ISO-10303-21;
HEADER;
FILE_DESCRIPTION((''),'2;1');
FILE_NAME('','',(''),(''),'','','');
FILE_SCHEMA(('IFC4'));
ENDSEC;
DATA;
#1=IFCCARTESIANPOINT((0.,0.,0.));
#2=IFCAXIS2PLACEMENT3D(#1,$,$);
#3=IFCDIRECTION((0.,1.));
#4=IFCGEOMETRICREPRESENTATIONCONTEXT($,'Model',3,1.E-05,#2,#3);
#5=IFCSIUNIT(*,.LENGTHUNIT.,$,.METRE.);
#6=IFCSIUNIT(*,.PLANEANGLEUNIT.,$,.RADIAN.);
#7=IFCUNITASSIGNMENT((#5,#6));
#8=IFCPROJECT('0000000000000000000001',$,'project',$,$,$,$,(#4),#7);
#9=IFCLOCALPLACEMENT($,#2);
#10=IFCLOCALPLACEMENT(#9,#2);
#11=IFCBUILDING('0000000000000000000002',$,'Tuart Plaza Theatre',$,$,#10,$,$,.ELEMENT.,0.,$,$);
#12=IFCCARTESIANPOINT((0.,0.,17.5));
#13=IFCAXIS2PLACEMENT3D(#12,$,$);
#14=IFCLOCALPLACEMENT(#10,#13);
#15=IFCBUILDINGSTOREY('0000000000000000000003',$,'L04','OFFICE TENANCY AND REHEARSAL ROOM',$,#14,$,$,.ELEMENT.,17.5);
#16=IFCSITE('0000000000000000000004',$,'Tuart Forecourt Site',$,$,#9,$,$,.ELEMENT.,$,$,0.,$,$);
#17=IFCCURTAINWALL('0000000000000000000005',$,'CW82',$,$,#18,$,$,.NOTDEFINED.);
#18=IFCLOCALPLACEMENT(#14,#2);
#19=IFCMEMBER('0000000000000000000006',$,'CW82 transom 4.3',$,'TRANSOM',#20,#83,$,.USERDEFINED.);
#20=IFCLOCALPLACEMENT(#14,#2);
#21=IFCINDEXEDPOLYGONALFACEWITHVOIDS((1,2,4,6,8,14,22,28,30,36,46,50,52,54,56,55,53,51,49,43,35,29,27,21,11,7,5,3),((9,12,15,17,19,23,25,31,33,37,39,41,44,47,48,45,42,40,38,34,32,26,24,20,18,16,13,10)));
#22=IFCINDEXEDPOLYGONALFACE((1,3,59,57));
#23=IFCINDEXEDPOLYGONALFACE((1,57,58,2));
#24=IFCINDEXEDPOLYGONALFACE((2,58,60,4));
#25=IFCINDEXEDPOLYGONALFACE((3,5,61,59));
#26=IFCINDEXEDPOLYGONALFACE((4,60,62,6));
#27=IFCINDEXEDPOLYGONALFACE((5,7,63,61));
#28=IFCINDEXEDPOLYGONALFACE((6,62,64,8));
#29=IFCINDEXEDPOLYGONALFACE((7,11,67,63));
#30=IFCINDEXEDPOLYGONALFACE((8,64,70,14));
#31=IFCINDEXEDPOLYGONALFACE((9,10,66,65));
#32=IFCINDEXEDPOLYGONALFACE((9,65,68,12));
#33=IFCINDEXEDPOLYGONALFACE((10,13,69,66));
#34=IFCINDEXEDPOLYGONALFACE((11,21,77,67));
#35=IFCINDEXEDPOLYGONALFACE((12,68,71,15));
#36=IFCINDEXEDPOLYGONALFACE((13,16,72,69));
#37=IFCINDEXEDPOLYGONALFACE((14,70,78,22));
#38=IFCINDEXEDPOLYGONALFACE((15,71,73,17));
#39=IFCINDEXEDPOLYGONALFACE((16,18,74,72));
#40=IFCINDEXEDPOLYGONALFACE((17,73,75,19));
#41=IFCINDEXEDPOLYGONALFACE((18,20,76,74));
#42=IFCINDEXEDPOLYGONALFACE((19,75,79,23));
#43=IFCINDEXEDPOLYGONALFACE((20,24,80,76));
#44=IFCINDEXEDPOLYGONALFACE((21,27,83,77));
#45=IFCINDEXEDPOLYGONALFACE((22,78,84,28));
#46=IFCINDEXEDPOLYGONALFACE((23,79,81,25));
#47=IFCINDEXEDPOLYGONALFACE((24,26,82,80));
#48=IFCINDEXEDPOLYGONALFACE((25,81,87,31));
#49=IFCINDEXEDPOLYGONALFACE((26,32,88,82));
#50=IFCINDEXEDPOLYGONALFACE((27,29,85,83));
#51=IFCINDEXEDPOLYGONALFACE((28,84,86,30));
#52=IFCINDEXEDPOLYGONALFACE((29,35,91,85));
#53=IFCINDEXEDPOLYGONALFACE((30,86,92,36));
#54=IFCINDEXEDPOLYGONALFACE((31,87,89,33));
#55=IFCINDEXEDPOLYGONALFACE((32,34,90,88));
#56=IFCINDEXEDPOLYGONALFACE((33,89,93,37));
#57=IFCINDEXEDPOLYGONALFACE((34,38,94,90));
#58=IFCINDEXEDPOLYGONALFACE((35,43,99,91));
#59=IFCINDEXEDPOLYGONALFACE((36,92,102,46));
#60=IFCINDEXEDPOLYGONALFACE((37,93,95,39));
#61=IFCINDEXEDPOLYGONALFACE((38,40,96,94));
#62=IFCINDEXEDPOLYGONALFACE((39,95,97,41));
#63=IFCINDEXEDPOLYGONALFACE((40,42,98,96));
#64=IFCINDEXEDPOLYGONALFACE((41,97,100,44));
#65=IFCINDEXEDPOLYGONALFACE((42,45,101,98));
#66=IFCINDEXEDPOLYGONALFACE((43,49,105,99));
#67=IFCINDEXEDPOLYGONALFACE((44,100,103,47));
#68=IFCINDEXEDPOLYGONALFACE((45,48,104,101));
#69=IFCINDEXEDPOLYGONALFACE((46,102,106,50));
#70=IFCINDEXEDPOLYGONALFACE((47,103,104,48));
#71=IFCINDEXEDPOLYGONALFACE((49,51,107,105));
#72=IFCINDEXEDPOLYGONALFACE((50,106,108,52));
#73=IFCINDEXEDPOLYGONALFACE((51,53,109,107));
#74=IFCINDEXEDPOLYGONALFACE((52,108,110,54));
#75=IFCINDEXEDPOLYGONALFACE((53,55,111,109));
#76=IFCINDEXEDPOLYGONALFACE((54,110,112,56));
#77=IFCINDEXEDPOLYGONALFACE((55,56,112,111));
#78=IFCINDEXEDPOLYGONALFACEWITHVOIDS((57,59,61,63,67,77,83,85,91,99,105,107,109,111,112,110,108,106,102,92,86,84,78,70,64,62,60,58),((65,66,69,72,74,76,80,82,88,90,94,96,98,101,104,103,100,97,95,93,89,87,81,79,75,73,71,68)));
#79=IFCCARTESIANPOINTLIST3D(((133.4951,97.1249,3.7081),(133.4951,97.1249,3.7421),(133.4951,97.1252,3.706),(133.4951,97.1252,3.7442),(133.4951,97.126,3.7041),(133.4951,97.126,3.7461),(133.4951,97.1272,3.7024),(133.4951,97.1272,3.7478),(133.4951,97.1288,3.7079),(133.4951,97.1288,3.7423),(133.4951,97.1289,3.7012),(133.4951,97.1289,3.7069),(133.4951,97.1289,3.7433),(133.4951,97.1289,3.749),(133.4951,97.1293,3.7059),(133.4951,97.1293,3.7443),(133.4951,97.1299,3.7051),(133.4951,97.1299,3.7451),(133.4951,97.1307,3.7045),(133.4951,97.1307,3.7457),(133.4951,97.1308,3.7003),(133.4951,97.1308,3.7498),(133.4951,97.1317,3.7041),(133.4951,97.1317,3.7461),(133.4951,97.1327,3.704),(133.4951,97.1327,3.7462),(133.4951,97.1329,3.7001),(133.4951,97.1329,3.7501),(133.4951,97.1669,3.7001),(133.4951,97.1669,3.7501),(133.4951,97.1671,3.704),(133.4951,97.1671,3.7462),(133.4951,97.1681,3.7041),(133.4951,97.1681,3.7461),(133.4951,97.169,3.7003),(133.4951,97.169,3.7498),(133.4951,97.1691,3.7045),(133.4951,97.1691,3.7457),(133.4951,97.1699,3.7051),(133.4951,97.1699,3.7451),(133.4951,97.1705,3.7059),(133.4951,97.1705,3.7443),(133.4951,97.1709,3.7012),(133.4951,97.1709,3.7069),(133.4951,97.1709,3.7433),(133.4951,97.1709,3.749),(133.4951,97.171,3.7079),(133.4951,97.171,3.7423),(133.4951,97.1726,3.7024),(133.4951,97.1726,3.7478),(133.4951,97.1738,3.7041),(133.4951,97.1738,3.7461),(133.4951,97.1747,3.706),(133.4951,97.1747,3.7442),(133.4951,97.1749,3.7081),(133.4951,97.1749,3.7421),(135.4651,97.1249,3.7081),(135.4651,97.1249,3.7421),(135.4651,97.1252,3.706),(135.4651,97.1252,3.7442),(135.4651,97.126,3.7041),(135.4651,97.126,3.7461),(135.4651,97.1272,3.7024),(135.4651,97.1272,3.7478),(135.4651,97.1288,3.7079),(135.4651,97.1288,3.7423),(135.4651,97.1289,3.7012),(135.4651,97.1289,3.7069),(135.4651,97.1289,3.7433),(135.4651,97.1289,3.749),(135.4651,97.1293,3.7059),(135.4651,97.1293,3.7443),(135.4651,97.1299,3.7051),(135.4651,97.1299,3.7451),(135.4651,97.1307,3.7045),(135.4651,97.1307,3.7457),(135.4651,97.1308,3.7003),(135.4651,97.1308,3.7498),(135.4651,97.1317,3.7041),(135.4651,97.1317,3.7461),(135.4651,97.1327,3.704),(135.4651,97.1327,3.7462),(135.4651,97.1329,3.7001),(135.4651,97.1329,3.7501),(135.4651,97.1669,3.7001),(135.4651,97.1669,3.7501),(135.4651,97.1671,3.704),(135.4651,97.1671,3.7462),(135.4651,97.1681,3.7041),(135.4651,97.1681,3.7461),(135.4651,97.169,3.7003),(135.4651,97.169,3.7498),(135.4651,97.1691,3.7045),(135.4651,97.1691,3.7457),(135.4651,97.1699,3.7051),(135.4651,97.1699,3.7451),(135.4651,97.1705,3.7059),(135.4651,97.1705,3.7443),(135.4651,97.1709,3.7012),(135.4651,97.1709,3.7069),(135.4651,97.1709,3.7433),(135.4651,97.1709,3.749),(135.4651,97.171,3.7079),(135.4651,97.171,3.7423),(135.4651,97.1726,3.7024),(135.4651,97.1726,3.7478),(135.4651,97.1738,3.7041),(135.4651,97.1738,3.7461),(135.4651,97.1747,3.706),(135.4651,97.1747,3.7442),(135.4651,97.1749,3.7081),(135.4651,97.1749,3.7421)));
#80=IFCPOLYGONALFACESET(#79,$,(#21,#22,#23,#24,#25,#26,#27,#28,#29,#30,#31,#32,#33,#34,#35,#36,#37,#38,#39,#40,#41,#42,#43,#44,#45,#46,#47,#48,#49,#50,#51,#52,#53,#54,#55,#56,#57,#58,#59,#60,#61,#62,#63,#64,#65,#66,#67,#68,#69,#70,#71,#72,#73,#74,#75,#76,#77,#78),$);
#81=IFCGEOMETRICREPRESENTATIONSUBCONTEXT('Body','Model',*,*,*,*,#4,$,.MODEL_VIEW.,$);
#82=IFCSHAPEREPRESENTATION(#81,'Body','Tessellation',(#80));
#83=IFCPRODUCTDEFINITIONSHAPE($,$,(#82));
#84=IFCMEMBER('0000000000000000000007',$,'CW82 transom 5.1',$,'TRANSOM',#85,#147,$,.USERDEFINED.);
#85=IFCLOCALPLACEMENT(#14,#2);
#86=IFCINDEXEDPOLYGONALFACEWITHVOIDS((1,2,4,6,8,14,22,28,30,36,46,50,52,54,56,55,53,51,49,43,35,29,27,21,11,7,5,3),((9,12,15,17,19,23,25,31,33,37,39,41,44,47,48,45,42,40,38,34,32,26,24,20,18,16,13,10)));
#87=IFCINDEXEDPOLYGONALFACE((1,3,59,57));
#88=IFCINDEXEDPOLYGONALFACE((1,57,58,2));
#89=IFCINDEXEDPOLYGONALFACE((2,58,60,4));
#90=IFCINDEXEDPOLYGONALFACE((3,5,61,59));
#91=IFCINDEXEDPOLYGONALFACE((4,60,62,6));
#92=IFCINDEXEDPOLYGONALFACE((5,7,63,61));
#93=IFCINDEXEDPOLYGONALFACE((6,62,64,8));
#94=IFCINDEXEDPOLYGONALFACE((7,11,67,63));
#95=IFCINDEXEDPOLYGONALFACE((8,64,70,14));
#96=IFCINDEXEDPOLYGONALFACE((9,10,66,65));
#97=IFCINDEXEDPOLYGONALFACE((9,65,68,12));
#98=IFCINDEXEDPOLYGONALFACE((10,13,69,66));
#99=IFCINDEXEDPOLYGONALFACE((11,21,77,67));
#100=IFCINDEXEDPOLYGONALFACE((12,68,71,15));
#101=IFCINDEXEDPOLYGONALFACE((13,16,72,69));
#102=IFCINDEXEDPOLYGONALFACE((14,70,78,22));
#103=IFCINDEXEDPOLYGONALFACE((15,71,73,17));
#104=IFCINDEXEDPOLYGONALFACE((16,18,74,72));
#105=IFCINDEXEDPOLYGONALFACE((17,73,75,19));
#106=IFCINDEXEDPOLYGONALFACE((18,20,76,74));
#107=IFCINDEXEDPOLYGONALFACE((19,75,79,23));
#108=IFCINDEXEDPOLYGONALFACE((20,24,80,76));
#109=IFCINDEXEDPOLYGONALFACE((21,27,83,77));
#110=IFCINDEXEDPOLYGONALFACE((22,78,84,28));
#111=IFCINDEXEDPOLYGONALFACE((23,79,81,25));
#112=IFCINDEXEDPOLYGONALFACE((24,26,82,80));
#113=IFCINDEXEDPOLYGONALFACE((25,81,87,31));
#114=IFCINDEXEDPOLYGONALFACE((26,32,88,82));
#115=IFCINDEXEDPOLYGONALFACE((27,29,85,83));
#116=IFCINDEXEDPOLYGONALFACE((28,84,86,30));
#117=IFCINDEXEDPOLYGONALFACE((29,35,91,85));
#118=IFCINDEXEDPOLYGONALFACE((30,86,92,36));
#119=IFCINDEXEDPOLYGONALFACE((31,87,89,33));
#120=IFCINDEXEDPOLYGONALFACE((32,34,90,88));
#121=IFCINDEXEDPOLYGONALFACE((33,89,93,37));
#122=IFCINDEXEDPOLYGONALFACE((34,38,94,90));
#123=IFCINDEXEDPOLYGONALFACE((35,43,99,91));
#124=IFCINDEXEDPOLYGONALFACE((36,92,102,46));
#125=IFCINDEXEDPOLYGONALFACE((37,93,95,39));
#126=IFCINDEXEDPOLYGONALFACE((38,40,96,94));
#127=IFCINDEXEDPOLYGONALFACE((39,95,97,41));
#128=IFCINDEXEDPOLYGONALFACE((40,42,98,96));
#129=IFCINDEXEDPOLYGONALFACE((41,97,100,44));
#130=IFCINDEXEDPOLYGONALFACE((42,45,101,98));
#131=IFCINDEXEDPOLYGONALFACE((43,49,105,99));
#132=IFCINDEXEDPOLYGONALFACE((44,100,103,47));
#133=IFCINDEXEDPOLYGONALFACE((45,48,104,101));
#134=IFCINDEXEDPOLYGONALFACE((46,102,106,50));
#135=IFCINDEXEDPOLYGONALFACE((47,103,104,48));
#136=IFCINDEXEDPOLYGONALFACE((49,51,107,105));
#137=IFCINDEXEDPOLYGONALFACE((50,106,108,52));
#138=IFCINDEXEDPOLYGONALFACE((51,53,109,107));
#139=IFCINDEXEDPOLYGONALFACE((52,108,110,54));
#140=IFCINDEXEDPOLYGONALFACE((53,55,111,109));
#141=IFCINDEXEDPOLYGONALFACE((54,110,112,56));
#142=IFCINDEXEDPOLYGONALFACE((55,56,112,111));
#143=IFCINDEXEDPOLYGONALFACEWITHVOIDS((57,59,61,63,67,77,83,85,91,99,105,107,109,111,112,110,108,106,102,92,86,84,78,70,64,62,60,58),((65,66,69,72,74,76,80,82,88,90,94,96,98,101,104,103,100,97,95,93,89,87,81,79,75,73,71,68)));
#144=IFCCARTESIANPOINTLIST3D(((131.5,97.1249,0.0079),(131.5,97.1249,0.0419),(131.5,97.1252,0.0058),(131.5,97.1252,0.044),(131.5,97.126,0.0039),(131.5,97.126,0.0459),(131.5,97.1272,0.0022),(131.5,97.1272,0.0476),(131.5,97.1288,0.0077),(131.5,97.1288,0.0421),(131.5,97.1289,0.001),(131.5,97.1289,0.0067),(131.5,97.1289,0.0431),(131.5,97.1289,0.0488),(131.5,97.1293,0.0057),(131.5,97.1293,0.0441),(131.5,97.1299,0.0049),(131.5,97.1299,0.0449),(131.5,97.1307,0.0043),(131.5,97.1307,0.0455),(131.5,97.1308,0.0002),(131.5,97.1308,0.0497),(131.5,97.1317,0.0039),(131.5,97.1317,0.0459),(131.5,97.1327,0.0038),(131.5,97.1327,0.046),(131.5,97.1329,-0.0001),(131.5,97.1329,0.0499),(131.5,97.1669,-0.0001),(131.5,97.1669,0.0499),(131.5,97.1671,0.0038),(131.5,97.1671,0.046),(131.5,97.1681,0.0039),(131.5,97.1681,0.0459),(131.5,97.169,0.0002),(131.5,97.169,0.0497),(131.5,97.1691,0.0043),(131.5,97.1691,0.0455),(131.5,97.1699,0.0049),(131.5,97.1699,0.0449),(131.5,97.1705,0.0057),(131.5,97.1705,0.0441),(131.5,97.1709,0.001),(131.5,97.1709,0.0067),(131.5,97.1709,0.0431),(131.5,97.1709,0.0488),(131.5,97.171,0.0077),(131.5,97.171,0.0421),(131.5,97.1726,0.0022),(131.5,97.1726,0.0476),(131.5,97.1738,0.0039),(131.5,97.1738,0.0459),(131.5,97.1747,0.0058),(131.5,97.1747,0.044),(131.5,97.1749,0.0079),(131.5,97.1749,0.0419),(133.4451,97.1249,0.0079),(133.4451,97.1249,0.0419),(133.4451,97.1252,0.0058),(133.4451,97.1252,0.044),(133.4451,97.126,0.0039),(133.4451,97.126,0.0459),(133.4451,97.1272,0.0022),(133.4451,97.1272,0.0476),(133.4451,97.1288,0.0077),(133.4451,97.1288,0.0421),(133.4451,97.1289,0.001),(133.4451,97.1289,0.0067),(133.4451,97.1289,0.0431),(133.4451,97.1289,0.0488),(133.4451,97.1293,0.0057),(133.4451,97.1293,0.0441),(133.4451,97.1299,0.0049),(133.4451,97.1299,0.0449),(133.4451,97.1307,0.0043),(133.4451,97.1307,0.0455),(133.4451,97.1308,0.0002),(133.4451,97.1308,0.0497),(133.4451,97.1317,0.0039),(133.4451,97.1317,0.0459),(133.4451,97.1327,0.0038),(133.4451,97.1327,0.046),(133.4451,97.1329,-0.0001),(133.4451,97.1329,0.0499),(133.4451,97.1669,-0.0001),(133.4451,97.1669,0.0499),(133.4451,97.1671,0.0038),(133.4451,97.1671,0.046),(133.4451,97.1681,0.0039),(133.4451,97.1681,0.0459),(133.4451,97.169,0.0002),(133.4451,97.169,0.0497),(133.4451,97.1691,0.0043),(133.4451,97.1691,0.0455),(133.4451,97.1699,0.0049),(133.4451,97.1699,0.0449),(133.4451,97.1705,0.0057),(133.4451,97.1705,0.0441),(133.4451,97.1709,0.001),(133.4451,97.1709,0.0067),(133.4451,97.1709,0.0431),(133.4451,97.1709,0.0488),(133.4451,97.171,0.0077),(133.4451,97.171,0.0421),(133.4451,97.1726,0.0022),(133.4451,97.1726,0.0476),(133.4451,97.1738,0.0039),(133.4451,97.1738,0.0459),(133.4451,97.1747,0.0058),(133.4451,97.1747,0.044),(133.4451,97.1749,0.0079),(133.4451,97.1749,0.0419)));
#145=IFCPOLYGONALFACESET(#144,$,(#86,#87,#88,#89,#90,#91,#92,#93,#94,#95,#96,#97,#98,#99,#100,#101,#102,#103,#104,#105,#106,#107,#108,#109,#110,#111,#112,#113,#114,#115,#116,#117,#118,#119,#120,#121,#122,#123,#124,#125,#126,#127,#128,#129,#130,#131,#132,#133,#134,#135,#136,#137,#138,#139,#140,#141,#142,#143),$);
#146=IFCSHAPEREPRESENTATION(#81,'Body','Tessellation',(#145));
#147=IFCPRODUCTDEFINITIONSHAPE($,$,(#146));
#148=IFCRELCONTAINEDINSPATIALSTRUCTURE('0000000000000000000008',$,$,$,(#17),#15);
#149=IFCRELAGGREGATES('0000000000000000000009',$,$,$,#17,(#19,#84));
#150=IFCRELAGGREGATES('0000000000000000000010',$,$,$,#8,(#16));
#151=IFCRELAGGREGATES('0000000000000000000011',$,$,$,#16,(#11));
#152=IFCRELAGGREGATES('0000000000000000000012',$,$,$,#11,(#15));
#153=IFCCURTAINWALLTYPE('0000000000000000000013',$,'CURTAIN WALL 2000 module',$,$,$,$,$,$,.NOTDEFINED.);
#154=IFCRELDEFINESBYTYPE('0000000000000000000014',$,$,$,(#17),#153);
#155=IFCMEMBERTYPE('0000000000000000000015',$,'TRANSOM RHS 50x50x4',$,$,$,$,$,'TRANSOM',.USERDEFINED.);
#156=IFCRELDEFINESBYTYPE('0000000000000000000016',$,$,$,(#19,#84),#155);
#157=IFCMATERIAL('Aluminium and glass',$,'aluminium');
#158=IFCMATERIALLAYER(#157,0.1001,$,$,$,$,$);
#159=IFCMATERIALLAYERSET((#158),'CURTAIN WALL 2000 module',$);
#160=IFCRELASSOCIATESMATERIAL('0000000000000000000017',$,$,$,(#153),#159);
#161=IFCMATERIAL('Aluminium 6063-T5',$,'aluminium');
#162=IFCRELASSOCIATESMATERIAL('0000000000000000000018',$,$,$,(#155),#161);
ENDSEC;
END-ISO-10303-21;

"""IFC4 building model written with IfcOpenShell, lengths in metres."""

from ifc_helpers import new_model, si_unit, direction, frame, origin, origin_2d, place, context, subcontext, project, spatial, hollow_rectangle, extrude, material, layer, layer_set, material_profile, profile_set, type_object, element, aggregate, save


model = new_model("IFC4")

# Units and contexts
model_context = context("Model", 3, precision=1e-05, world=origin(), true_north=direction((0.0, 1.0)))
body_context = subcontext(model_context, "Body", "Model", "MODEL_VIEW")
ifc_project = project(units=[si_unit("LENGTHUNIT", "METRE"), si_unit("PLANEANGLEUNIT", "RADIAN")], contexts=[model_context])

# Site, building, storey
site_placement = place(None, origin())
site = spatial("IfcSite", under=ifc_project, at=site_placement, Name="Tuart Forecourt Site", CompositionType="ELEMENT", RefElevation=0.0)
building_placement = place(site_placement, origin())
building = spatial("IfcBuilding", under=site, at=building_placement, Name="Tuart Plaza Theatre", CompositionType="ELEMENT", ElevationOfRefHeight=0.0)
storey_placement = place(building_placement, frame((0.0, 0.0, 17.5)))
storey = spatial("IfcBuildingStorey", under=building, at=storey_placement, Name="L04", Description="OFFICE TENANCY AND REHEARSAL ROOM", CompositionType="ELEMENT", Elevation=17.5)

# Curtain wall
ifc_material_1 = material(Name="Aluminium and glass", Category="aluminium")
ifc_layer_1 = layer(ifc_material_1, 0.1001)
ifc_layer_set_1 = layer_set([ifc_layer_1], Name="CURTAIN WALL 2000 module")
curtain_wall_type_1 = type_object("IfcCurtainWallType", Name="CURTAIN WALL 2000 module", PredefinedType="NOTDEFINED", material=ifc_layer_set_1)
curtain_wall_1_placement = place(storey_placement, origin())
curtain_wall_1 = element("IfcCurtainWall", 1, at=curtain_wall_1_placement, inside=storey, type_object=curtain_wall_type_1, Name="CW82", PredefinedType="NOTDEFINED")

# Members
ifc_material_2 = material(Name="Aluminium 6063-T5", Category="aluminium")
ifc_material_profile_1 = material_profile(ifc_material_2, hollow_rectangle(XDim=0.05, YDim=0.05, WallThickness=0.0039, InnerFilletRadius=0.0039, OuterFilletRadius=0.0081, at=origin_2d()), Name="RHS 50x50x4")
ifc_profile_set_1 = profile_set([ifc_material_profile_1], Name="Aluminium 6063-T5")
member_type_1 = type_object("IfcMemberType", Name="TRANSOM RHS 50x50x4", ElementType="TRANSOM", PredefinedType="USERDEFINED", material=ifc_profile_set_1)
member_1_placement = place(storey_placement, frame((135.4651, 97.1499, 3.7251), z_axis=(-1.0, 0.0, 0.0), x_axis=(0.0, -1.0, 0.0)))
member_1 = element("IfcMember", 2, at=member_1_placement, type_object=member_type_1, Name="CW82 transom 4.3", ObjectType="TRANSOM", PredefinedType="USERDEFINED", context=body_context, shape_type="SweptSolid", body=[
    extrude(hollow_rectangle(XDim=0.05, YDim=0.05, WallThickness=0.0039, InnerFilletRadius=0.0039, OuterFilletRadius=0.0081, at=origin_2d()), origin(), (0.0, 0.0, 1.0), 1.97),
])
member_2_placement = place(storey_placement, frame((133.4451, 97.1499, 0.0249), z_axis=(-1.0, 0.0, 0.0), x_axis=(0.0, -1.0, 0.0)))
member_2 = element("IfcMember", 3, at=member_2_placement, type_object=member_type_1, Name="CW82 transom 5.1", ObjectType="TRANSOM", PredefinedType="USERDEFINED", context=body_context, shape_type="SweptSolid", body=[
    extrude(hollow_rectangle(XDim=0.05, YDim=0.05, WallThickness=0.0039, InnerFilletRadius=0.0039, OuterFilletRadius=0.0081, at=origin_2d()), origin(), (0.0, 0.0, 1.0), 1.9451),
])

aggregate(curtain_wall_1, [member_1, member_2])

save(model, "model.ifc")
